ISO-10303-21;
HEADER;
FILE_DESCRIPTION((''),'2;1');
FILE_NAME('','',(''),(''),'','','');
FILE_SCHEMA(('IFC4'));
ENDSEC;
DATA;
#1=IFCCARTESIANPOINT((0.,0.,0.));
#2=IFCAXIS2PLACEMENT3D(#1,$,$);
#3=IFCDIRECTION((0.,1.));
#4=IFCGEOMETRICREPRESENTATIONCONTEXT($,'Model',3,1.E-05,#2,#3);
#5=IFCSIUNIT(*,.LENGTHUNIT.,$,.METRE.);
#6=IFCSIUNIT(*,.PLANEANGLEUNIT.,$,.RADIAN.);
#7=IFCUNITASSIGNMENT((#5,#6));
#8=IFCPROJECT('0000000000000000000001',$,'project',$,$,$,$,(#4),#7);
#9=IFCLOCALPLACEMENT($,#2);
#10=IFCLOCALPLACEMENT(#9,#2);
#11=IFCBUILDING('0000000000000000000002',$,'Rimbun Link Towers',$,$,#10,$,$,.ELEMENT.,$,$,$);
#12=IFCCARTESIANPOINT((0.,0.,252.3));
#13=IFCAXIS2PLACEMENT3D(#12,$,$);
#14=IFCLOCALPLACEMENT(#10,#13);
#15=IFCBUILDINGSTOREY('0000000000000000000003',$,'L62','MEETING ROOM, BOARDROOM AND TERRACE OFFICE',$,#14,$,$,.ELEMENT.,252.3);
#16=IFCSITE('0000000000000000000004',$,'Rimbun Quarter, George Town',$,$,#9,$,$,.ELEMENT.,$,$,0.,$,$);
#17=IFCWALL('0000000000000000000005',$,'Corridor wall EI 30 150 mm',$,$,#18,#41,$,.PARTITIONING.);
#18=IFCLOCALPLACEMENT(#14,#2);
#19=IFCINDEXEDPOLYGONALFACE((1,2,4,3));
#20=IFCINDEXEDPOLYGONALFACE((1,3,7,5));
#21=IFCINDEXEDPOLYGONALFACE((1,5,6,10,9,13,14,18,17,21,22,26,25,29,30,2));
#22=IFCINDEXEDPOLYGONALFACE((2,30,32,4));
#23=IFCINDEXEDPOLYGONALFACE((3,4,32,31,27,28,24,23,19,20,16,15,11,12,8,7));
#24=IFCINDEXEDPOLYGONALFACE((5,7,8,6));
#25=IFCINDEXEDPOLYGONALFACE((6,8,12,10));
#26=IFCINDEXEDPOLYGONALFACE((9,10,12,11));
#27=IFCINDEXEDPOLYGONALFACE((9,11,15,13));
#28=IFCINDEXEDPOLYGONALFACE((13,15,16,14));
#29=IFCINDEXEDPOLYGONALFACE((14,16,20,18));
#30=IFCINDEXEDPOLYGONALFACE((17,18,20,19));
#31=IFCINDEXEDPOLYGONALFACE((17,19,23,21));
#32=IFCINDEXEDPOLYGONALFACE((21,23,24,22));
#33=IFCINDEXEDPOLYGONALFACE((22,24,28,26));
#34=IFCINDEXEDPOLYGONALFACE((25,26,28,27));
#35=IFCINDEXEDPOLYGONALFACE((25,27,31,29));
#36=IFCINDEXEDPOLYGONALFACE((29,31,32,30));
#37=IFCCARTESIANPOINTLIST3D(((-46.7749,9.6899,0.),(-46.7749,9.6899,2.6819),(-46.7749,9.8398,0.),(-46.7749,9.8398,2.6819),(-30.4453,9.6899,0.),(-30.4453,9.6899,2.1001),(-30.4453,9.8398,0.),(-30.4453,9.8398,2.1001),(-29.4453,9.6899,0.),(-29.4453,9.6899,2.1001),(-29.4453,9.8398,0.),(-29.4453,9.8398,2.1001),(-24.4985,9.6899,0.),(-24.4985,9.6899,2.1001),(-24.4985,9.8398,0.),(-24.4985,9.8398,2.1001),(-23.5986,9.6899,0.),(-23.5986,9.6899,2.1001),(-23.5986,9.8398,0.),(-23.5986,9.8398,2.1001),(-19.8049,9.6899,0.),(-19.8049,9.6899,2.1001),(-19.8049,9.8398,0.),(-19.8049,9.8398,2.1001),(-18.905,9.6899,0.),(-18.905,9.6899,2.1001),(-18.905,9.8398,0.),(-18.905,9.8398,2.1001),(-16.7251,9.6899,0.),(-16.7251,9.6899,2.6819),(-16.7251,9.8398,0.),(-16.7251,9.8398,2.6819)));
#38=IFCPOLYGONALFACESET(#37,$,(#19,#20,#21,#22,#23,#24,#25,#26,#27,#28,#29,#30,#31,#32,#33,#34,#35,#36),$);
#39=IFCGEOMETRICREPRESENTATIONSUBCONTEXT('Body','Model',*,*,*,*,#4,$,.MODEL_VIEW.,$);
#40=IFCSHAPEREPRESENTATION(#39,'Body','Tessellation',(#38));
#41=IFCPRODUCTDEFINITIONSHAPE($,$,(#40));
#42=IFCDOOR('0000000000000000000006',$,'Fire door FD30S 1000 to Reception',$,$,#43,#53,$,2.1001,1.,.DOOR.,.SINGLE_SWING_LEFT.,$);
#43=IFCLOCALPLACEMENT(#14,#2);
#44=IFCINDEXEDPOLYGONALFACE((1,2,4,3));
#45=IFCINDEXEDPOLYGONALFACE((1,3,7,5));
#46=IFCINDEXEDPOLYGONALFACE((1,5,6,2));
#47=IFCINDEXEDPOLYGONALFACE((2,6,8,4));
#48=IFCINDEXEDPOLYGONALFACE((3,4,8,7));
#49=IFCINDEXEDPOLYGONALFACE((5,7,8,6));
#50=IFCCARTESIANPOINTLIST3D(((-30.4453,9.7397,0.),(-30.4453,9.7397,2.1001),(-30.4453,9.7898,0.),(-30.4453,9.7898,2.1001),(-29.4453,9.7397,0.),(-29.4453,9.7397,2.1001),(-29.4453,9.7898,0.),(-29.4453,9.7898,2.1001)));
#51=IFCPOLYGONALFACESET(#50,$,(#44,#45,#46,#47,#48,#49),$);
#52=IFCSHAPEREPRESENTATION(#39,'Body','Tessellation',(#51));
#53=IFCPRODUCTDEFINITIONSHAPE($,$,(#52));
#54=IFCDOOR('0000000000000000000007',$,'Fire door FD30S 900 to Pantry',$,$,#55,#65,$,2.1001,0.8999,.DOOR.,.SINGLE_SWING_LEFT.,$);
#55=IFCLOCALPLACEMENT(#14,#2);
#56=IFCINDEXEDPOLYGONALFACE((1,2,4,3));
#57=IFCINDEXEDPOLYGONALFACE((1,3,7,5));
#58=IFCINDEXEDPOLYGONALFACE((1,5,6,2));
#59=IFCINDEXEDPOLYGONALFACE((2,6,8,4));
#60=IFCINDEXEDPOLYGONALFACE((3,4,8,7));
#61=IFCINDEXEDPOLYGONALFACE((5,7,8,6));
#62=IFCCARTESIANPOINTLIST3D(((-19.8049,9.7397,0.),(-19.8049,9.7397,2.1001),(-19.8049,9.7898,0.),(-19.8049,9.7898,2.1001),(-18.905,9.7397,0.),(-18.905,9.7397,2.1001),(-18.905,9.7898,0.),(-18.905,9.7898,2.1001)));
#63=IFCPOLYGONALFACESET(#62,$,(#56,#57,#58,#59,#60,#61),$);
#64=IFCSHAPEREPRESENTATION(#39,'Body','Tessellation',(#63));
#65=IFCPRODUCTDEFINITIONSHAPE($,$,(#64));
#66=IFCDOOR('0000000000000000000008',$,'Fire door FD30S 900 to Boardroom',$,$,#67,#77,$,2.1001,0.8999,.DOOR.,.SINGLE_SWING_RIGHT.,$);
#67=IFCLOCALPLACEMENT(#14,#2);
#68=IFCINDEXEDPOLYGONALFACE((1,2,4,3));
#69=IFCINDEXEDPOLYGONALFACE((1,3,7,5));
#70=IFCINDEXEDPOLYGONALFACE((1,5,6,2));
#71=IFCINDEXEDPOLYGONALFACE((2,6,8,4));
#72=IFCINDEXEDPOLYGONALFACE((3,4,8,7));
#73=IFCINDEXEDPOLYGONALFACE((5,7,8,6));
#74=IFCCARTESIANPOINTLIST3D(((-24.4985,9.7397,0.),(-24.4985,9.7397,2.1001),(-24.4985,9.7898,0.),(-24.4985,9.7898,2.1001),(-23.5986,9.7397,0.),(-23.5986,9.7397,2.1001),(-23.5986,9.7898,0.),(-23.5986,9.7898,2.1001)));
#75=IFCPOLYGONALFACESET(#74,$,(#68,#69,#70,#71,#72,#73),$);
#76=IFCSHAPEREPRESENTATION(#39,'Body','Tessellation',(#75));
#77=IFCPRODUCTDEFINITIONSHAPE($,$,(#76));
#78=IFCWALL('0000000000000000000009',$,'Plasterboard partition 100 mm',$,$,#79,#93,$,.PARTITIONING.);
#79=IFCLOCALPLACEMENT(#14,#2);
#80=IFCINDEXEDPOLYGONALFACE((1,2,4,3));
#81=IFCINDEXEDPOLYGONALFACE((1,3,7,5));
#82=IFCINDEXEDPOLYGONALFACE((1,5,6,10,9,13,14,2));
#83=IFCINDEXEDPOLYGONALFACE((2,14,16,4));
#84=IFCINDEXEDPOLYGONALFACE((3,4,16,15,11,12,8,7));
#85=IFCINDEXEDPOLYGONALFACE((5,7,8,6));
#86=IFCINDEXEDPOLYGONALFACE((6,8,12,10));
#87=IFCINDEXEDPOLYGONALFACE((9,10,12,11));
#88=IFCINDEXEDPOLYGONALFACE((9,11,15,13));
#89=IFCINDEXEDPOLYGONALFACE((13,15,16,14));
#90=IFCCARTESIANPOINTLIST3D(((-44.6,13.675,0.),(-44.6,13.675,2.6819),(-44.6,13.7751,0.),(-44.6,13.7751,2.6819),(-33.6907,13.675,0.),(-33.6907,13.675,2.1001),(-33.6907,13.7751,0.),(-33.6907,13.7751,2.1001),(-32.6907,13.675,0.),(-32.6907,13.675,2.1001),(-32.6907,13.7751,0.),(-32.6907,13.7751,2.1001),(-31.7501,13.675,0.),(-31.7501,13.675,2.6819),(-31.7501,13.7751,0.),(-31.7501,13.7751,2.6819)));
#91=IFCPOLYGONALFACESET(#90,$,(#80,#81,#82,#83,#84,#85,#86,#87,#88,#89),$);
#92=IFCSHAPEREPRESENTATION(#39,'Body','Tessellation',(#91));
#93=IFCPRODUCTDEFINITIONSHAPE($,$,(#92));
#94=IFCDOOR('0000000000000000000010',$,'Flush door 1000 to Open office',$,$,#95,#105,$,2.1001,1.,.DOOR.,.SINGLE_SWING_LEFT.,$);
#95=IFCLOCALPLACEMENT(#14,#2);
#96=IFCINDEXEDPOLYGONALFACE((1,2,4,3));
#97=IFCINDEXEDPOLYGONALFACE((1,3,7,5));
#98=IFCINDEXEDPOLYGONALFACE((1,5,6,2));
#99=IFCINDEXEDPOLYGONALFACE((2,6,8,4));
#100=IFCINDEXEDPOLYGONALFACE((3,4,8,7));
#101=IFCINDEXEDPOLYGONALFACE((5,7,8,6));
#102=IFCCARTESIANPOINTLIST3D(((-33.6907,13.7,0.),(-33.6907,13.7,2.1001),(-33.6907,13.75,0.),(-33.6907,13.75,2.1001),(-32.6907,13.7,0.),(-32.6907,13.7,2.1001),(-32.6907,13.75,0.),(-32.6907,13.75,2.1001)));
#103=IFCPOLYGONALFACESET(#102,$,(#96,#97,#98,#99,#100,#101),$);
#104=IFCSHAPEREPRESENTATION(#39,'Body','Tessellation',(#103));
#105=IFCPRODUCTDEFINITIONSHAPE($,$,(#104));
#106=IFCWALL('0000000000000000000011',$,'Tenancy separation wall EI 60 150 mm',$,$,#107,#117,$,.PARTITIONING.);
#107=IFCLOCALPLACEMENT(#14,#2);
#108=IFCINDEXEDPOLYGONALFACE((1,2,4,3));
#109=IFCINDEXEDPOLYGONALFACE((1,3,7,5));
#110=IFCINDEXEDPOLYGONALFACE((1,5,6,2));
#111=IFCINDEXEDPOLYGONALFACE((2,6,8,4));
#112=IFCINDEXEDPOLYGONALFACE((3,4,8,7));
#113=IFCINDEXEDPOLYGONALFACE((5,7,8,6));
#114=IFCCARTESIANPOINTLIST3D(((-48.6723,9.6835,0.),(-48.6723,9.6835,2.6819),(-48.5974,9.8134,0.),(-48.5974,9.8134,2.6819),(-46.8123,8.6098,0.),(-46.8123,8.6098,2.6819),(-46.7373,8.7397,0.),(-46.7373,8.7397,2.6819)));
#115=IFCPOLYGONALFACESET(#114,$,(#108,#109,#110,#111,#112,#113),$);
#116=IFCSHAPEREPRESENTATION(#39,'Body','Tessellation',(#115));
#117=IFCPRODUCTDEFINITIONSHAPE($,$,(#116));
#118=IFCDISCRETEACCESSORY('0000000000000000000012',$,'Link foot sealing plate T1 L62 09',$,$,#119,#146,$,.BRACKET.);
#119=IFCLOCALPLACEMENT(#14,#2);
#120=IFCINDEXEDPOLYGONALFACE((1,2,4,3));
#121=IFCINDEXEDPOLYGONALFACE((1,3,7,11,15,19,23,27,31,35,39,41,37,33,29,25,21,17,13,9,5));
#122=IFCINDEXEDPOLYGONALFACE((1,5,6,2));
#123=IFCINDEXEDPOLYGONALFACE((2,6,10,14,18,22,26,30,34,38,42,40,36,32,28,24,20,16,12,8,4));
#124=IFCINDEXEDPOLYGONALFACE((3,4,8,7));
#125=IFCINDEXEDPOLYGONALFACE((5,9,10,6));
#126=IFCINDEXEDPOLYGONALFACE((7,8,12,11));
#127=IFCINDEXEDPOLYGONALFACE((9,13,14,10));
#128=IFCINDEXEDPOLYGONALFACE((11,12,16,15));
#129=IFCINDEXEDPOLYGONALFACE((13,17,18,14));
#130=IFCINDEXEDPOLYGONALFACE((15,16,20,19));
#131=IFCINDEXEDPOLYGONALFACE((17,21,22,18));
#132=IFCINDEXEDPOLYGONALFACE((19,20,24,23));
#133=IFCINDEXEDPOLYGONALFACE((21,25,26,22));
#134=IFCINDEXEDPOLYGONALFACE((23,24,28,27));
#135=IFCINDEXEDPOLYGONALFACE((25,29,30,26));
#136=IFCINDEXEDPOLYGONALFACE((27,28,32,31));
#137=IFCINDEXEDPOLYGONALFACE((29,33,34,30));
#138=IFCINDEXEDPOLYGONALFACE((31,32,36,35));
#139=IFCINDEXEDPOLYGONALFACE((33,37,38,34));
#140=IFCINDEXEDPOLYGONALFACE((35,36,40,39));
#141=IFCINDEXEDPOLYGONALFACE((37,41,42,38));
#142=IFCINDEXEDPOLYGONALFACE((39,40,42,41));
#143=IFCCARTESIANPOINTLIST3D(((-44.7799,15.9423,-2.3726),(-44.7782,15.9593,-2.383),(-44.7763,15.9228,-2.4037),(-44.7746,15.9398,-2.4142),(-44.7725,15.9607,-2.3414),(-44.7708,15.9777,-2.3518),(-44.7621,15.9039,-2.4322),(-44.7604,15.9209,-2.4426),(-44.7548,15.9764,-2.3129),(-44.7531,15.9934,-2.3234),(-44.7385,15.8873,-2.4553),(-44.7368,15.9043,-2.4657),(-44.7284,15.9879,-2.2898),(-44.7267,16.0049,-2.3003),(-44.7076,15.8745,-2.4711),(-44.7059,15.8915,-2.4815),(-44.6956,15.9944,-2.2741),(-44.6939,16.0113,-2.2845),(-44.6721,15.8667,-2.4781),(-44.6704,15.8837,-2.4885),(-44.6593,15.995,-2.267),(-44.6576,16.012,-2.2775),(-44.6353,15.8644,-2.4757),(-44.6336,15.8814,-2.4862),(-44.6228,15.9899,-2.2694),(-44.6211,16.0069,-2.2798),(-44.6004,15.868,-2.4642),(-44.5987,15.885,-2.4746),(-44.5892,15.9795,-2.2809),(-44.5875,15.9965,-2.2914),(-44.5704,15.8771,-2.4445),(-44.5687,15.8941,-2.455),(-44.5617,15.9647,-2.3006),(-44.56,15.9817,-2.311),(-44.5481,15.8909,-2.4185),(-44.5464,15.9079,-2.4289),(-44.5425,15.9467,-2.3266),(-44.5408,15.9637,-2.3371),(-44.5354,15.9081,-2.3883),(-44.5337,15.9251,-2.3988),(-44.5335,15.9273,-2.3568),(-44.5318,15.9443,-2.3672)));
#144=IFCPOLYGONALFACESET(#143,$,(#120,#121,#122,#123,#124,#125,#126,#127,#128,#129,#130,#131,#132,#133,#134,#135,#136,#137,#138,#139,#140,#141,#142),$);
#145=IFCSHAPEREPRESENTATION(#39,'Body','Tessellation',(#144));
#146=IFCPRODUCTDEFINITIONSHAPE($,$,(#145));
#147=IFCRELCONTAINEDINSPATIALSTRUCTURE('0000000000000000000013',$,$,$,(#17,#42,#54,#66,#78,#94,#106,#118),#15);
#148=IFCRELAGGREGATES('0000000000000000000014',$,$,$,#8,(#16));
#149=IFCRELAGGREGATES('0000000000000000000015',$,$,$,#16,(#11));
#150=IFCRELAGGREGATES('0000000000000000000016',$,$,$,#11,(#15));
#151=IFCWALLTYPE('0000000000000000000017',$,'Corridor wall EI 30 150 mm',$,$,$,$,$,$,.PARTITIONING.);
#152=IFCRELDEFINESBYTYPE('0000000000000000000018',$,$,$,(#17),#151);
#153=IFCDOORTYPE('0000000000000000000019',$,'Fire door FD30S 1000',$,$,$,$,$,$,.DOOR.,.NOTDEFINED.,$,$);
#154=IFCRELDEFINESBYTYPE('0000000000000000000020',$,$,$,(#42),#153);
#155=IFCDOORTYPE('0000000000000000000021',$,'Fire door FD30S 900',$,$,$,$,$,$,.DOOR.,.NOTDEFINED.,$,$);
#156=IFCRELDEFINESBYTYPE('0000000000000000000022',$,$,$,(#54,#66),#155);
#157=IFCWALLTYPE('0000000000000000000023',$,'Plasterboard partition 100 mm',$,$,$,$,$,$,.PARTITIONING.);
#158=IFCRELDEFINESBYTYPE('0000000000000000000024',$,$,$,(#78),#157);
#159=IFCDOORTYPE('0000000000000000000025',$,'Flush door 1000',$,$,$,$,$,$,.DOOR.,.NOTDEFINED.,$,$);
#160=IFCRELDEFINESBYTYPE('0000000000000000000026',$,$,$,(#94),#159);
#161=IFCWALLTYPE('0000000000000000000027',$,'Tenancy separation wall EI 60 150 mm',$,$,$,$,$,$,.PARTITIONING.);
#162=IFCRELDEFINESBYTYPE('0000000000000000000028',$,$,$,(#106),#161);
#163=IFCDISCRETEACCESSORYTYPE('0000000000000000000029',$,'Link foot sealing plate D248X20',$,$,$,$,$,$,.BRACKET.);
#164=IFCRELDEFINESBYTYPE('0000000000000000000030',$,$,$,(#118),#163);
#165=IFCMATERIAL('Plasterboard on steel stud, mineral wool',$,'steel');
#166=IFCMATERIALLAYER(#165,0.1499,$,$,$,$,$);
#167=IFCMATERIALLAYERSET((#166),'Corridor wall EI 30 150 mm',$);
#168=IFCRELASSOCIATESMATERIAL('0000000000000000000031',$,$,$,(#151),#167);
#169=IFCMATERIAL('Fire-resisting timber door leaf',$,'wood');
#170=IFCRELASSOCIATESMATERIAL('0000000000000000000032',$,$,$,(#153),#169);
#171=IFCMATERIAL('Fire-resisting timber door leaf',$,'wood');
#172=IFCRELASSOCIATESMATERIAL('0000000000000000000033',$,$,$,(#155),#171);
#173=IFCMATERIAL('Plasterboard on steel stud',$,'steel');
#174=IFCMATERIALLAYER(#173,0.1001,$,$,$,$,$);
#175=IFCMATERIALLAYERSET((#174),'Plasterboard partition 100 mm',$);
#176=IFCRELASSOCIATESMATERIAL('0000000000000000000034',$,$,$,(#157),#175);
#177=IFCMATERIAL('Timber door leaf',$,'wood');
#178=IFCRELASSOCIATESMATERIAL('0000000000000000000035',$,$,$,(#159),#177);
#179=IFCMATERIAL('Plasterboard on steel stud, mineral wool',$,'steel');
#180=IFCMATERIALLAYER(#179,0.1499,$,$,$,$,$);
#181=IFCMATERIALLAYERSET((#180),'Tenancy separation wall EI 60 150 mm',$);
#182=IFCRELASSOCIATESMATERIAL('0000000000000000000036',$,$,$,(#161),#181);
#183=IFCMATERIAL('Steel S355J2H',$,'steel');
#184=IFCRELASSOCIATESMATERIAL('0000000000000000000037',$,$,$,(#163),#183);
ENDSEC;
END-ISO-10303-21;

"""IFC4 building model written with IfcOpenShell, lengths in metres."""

from ifc_helpers import new_model, si_unit, direction, frame, frame_2d, origin, origin_2d, place, context, subcontext, project, spatial, rectangle, circle, extrude, material, layer, layer_set, material_profile, profile_set, type_object, element, fill, save


model = new_model("IFC4")

# Units and contexts
model_context = context("Model", 3, precision=1e-05, world=origin(), true_north=direction((0.0, 1.0)))
body_context = subcontext(model_context, "Body", "Model", "MODEL_VIEW")
ifc_project = project(units=[si_unit("LENGTHUNIT", "METRE"), si_unit("PLANEANGLEUNIT", "RADIAN")], contexts=[model_context])

# Site, building, storey
site_placement = place(None, origin())
site = spatial("IfcSite", under=ifc_project, at=site_placement, Name="Rimbun Quarter, George Town", CompositionType="ELEMENT", RefElevation=0.0)
building_placement = place(site_placement, origin())
building = spatial("IfcBuilding", under=site, at=building_placement, Name="Rimbun Link Towers", CompositionType="ELEMENT")
storey_placement = place(building_placement, frame((0.0, 0.0, 252.3)))
storey = spatial("IfcBuildingStorey", under=building, at=storey_placement, Name="L62", Description="MEETING ROOM, BOARDROOM AND TERRACE OFFICE", CompositionType="ELEMENT", Elevation=252.3)

# Wall, openings, doors
ifc_material_1 = material(Name="Plasterboard on steel stud, mineral wool", Category="steel")
ifc_layer_1 = layer(ifc_material_1, 0.1499)
ifc_layer_set_1 = layer_set([ifc_layer_1], Name="Corridor wall EI 30 150 mm")
wall_type_1 = type_object("IfcWallType", Name="Corridor wall EI 30 150 mm", PredefinedType="PARTITIONING", material=ifc_layer_set_1)
wall_1_placement = place(storey_placement, frame((-46.7749, 9.7649, 0.0), z_axis=(0.0, 0.0, 1.0), x_axis=(1.0, 0.0, 0.0)))
wall_1 = element("IfcWall", 1, at=wall_1_placement, inside=storey, type_object=wall_type_1, Name="Corridor wall EI 30 150 mm", PredefinedType="PARTITIONING", context=body_context, shape_type="SweptSolid", body=[
    extrude(rectangle(XDim=30.0498, YDim=0.1499, at=frame_2d((15.0249, 0.0))), origin(), (0.0, 0.0, 1.0), 2.6819),
])
opening_1_placement = place(wall_1_placement, frame((26.97, 0.0, 0.0)))
opening_1 = element("IfcOpeningElement", 2, at=opening_1_placement, cuts=wall_1, PredefinedType="OPENING", context=body_context, shape_type="SweptSolid", body=[
    extrude(rectangle(XDim=0.8999, YDim=2.1001, at=frame_2d((0.45, 1.05))), frame((0.0, 0.085, 0.0), z_axis=(0.0, -1.0, 0.0), x_axis=(1.0, 0.0, 0.0)), (0.0, 0.0, 1.0), 0.1699),
])
opening_2_placement = place(wall_1_placement, frame((22.2764, 0.0, 0.0)))
opening_2 = element("IfcOpeningElement", 3, at=opening_2_placement, cuts=wall_1, PredefinedType="OPENING", context=body_context, shape_type="SweptSolid", body=[
    extrude(rectangle(XDim=0.8999, YDim=2.1001, at=frame_2d((0.45, 1.05))), frame((0.0, 0.085, 0.0), z_axis=(0.0, -1.0, 0.0), x_axis=(1.0, 0.0, 0.0)), (0.0, 0.0, 1.0), 0.1699),
])
opening_3_placement = place(wall_1_placement, frame((16.3296, 0.0, 0.0)))
opening_3 = element("IfcOpeningElement", 4, at=opening_3_placement, cuts=wall_1, PredefinedType="OPENING", context=body_context, shape_type="SweptSolid", body=[
    extrude(rectangle(XDim=1.0, YDim=2.1001, at=frame_2d((0.5, 1.05))), frame((0.0, 0.085, 0.0), z_axis=(0.0, -1.0, 0.0), x_axis=(1.0, 0.0, 0.0)), (0.0, 0.0, 1.0), 0.1699),
])
ifc_material_2 = material(Name="Fire-resisting timber door leaf", Category="wood")
door_type_1 = type_object("IfcDoorType", Name="Fire door FD30S 1000", OperationType="NOTDEFINED", PredefinedType="DOOR", material=ifc_material_2)
door_1_placement = place(opening_3_placement, origin())
door_1 = element("IfcDoor", 5, at=door_1_placement, inside=storey, type_object=door_type_1, Name="Fire door FD30S 1000 to Reception", OperationType="SINGLE_SWING_LEFT", OverallHeight=2.1001, OverallWidth=1.0, PredefinedType="DOOR", context=body_context, shape_type="SweptSolid", body=[
    extrude(rectangle(XDim=1.0, YDim=2.1001, at=frame_2d((0.5, 1.05))), frame((0.0, 0.0249, 0.0), z_axis=(0.0, -1.0, 0.0), x_axis=(1.0, 0.0, 0.0)), (0.0, 0.0, 1.0), 0.05),
])
fill(opening_3, door_1)
ifc_material_3 = material(Name="Fire-resisting timber door leaf", Category="wood")
door_type_2 = type_object("IfcDoorType", Name="Fire door FD30S 900", OperationType="NOTDEFINED", PredefinedType="DOOR", material=ifc_material_3)
door_2_placement = place(opening_1_placement, origin())
door_2 = element("IfcDoor", 6, at=door_2_placement, inside=storey, type_object=door_type_2, Name="Fire door FD30S 900 to Pantry", OperationType="SINGLE_SWING_LEFT", OverallHeight=2.1001, OverallWidth=0.8999, PredefinedType="DOOR", context=body_context, shape_type="SweptSolid", body=[
    extrude(rectangle(XDim=0.8999, YDim=2.1001, at=frame_2d((0.45, 1.05))), frame((0.0, 0.0249, 0.0), z_axis=(0.0, -1.0, 0.0), x_axis=(1.0, 0.0, 0.0)), (0.0, 0.0, 1.0), 0.05),
])
fill(opening_1, door_2)
door_3_placement = place(opening_2_placement, origin())
door_3 = element("IfcDoor", 7, at=door_3_placement, inside=storey, type_object=door_type_2, Name="Fire door FD30S 900 to Boardroom", OperationType="SINGLE_SWING_RIGHT", OverallHeight=2.1001, OverallWidth=0.8999, PredefinedType="DOOR", context=body_context, shape_type="SweptSolid", body=[
    extrude(rectangle(XDim=0.8999, YDim=2.1001, at=frame_2d((0.45, 1.05))), frame((0.0, 0.0249, 0.0), z_axis=(0.0, -1.0, 0.0), x_axis=(1.0, 0.0, 0.0)), (0.0, 0.0, 1.0), 0.05),
])
fill(opening_2, door_3)

# Wall, opening, door
ifc_material_4 = material(Name="Plasterboard on steel stud", Category="steel")
ifc_layer_2 = layer(ifc_material_4, 0.1001)
ifc_layer_set_2 = layer_set([ifc_layer_2], Name="Plasterboard partition 100 mm")
wall_type_2 = type_object("IfcWallType", Name="Plasterboard partition 100 mm", PredefinedType="PARTITIONING", material=ifc_layer_set_2)
wall_2_placement = place(storey_placement, frame((-44.5999, 13.7251, 0.0), z_axis=(0.0, 0.0, 1.0), x_axis=(1.0, 0.0, 0.0)))
wall_2 = element("IfcWall", 8, at=wall_2_placement, inside=storey, type_object=wall_type_2, Name="Plasterboard partition 100 mm", PredefinedType="PARTITIONING", context=body_context, shape_type="SweptSolid", body=[
    extrude(rectangle(XDim=12.8499, YDim=0.1001, at=frame_2d((6.4248, 0.0))), origin(), (0.0, 0.0, 1.0), 2.6819),
])
opening_4_placement = place(wall_2_placement, frame((10.9092, 0.0, 0.0)))
opening_4 = element("IfcOpeningElement", 9, at=opening_4_placement, cuts=wall_2, PredefinedType="OPENING", context=body_context, shape_type="SweptSolid", body=[
    extrude(rectangle(XDim=1.0, YDim=2.1001, at=frame_2d((0.5, 1.05))), frame((0.0, 0.0601, 0.0), z_axis=(0.0, -1.0, 0.0), x_axis=(1.0, 0.0, 0.0)), (0.0, 0.0, 1.0), 0.1201),
])
ifc_material_5 = material(Name="Timber door leaf", Category="wood")
door_type_3 = type_object("IfcDoorType", Name="Flush door 1000", OperationType="NOTDEFINED", PredefinedType="DOOR", material=ifc_material_5)
door_4_placement = place(opening_4_placement, origin())
door_4 = element("IfcDoor", 10, at=door_4_placement, inside=storey, type_object=door_type_3, Name="Flush door 1000 to Open office", OperationType="SINGLE_SWING_LEFT", OverallHeight=2.1001, OverallWidth=1.0, PredefinedType="DOOR", context=body_context, shape_type="SweptSolid", body=[
    extrude(rectangle(XDim=1.0, YDim=2.1001, at=frame_2d((0.5, 1.05))), frame((0.0, 0.0249, 0.0), z_axis=(0.0, -1.0, 0.0), x_axis=(1.0, 0.0, 0.0)), (0.0, 0.0, 1.0), 0.05),
])
fill(opening_4, door_4)

# Wall
ifc_material_6 = material(Name="Plasterboard on steel stud, mineral wool", Category="steel")
ifc_layer_3 = layer(ifc_material_6, 0.1499)
ifc_layer_set_3 = layer_set([ifc_layer_3], Name="Tenancy separation wall EI 60 150 mm")
wall_type_3 = type_object("IfcWallType", Name="Tenancy separation wall EI 60 150 mm", PredefinedType="PARTITIONING", material=ifc_layer_set_3)
wall_3_placement = place(storey_placement, frame((-46.7749, 8.6748, 0.0), z_axis=(0.0, 0.0, 1.0), x_axis=(-0.866066, 0.499929, 0.0)))
element("IfcWall", 11, at=wall_3_placement, inside=storey, type_object=wall_type_3, Name="Tenancy separation wall EI 60 150 mm", PredefinedType="PARTITIONING", context=body_context, shape_type="SweptSolid", body=[
    extrude(rectangle(XDim=2.1477, YDim=0.1499, at=frame_2d((1.0737, 0.0))), origin(), (0.0, 0.0, 1.0), 2.6819),
])

# Discrete accessory
ifc_material_7 = material(Name="Steel S355J2H", Category="steel")
ifc_material_profile_1 = material_profile(ifc_material_7, circle(Radius=0.124, at=origin_2d()), Name="PL D248")
ifc_profile_set_1 = profile_set([ifc_material_profile_1], Name="Steel S355J2H")
discrete_accessory_type = type_object("IfcDiscreteAccessoryType", Name="Link foot sealing plate D248X20", PredefinedType="BRACKET", material=ifc_profile_set_1)
discrete_accessory_placement = place(storey_placement, frame((-44.6565, 15.9299, -2.3726), z_axis=(0.0849, 0.849, -0.521528), x_axis=(-0.995037, 0.099504, 0.0)))
element("IfcDiscreteAccessory", 12, at=discrete_accessory_placement, inside=storey, type_object=discrete_accessory_type, Name="Link foot sealing plate T1 L62 09", PredefinedType="BRACKET", context=body_context, shape_type="SweptSolid", body=[
    extrude(circle(Radius=0.124, at=origin_2d()), origin(), (0.0, 0.0, 1.0), 0.02),
])

save(model, "model.ifc")
